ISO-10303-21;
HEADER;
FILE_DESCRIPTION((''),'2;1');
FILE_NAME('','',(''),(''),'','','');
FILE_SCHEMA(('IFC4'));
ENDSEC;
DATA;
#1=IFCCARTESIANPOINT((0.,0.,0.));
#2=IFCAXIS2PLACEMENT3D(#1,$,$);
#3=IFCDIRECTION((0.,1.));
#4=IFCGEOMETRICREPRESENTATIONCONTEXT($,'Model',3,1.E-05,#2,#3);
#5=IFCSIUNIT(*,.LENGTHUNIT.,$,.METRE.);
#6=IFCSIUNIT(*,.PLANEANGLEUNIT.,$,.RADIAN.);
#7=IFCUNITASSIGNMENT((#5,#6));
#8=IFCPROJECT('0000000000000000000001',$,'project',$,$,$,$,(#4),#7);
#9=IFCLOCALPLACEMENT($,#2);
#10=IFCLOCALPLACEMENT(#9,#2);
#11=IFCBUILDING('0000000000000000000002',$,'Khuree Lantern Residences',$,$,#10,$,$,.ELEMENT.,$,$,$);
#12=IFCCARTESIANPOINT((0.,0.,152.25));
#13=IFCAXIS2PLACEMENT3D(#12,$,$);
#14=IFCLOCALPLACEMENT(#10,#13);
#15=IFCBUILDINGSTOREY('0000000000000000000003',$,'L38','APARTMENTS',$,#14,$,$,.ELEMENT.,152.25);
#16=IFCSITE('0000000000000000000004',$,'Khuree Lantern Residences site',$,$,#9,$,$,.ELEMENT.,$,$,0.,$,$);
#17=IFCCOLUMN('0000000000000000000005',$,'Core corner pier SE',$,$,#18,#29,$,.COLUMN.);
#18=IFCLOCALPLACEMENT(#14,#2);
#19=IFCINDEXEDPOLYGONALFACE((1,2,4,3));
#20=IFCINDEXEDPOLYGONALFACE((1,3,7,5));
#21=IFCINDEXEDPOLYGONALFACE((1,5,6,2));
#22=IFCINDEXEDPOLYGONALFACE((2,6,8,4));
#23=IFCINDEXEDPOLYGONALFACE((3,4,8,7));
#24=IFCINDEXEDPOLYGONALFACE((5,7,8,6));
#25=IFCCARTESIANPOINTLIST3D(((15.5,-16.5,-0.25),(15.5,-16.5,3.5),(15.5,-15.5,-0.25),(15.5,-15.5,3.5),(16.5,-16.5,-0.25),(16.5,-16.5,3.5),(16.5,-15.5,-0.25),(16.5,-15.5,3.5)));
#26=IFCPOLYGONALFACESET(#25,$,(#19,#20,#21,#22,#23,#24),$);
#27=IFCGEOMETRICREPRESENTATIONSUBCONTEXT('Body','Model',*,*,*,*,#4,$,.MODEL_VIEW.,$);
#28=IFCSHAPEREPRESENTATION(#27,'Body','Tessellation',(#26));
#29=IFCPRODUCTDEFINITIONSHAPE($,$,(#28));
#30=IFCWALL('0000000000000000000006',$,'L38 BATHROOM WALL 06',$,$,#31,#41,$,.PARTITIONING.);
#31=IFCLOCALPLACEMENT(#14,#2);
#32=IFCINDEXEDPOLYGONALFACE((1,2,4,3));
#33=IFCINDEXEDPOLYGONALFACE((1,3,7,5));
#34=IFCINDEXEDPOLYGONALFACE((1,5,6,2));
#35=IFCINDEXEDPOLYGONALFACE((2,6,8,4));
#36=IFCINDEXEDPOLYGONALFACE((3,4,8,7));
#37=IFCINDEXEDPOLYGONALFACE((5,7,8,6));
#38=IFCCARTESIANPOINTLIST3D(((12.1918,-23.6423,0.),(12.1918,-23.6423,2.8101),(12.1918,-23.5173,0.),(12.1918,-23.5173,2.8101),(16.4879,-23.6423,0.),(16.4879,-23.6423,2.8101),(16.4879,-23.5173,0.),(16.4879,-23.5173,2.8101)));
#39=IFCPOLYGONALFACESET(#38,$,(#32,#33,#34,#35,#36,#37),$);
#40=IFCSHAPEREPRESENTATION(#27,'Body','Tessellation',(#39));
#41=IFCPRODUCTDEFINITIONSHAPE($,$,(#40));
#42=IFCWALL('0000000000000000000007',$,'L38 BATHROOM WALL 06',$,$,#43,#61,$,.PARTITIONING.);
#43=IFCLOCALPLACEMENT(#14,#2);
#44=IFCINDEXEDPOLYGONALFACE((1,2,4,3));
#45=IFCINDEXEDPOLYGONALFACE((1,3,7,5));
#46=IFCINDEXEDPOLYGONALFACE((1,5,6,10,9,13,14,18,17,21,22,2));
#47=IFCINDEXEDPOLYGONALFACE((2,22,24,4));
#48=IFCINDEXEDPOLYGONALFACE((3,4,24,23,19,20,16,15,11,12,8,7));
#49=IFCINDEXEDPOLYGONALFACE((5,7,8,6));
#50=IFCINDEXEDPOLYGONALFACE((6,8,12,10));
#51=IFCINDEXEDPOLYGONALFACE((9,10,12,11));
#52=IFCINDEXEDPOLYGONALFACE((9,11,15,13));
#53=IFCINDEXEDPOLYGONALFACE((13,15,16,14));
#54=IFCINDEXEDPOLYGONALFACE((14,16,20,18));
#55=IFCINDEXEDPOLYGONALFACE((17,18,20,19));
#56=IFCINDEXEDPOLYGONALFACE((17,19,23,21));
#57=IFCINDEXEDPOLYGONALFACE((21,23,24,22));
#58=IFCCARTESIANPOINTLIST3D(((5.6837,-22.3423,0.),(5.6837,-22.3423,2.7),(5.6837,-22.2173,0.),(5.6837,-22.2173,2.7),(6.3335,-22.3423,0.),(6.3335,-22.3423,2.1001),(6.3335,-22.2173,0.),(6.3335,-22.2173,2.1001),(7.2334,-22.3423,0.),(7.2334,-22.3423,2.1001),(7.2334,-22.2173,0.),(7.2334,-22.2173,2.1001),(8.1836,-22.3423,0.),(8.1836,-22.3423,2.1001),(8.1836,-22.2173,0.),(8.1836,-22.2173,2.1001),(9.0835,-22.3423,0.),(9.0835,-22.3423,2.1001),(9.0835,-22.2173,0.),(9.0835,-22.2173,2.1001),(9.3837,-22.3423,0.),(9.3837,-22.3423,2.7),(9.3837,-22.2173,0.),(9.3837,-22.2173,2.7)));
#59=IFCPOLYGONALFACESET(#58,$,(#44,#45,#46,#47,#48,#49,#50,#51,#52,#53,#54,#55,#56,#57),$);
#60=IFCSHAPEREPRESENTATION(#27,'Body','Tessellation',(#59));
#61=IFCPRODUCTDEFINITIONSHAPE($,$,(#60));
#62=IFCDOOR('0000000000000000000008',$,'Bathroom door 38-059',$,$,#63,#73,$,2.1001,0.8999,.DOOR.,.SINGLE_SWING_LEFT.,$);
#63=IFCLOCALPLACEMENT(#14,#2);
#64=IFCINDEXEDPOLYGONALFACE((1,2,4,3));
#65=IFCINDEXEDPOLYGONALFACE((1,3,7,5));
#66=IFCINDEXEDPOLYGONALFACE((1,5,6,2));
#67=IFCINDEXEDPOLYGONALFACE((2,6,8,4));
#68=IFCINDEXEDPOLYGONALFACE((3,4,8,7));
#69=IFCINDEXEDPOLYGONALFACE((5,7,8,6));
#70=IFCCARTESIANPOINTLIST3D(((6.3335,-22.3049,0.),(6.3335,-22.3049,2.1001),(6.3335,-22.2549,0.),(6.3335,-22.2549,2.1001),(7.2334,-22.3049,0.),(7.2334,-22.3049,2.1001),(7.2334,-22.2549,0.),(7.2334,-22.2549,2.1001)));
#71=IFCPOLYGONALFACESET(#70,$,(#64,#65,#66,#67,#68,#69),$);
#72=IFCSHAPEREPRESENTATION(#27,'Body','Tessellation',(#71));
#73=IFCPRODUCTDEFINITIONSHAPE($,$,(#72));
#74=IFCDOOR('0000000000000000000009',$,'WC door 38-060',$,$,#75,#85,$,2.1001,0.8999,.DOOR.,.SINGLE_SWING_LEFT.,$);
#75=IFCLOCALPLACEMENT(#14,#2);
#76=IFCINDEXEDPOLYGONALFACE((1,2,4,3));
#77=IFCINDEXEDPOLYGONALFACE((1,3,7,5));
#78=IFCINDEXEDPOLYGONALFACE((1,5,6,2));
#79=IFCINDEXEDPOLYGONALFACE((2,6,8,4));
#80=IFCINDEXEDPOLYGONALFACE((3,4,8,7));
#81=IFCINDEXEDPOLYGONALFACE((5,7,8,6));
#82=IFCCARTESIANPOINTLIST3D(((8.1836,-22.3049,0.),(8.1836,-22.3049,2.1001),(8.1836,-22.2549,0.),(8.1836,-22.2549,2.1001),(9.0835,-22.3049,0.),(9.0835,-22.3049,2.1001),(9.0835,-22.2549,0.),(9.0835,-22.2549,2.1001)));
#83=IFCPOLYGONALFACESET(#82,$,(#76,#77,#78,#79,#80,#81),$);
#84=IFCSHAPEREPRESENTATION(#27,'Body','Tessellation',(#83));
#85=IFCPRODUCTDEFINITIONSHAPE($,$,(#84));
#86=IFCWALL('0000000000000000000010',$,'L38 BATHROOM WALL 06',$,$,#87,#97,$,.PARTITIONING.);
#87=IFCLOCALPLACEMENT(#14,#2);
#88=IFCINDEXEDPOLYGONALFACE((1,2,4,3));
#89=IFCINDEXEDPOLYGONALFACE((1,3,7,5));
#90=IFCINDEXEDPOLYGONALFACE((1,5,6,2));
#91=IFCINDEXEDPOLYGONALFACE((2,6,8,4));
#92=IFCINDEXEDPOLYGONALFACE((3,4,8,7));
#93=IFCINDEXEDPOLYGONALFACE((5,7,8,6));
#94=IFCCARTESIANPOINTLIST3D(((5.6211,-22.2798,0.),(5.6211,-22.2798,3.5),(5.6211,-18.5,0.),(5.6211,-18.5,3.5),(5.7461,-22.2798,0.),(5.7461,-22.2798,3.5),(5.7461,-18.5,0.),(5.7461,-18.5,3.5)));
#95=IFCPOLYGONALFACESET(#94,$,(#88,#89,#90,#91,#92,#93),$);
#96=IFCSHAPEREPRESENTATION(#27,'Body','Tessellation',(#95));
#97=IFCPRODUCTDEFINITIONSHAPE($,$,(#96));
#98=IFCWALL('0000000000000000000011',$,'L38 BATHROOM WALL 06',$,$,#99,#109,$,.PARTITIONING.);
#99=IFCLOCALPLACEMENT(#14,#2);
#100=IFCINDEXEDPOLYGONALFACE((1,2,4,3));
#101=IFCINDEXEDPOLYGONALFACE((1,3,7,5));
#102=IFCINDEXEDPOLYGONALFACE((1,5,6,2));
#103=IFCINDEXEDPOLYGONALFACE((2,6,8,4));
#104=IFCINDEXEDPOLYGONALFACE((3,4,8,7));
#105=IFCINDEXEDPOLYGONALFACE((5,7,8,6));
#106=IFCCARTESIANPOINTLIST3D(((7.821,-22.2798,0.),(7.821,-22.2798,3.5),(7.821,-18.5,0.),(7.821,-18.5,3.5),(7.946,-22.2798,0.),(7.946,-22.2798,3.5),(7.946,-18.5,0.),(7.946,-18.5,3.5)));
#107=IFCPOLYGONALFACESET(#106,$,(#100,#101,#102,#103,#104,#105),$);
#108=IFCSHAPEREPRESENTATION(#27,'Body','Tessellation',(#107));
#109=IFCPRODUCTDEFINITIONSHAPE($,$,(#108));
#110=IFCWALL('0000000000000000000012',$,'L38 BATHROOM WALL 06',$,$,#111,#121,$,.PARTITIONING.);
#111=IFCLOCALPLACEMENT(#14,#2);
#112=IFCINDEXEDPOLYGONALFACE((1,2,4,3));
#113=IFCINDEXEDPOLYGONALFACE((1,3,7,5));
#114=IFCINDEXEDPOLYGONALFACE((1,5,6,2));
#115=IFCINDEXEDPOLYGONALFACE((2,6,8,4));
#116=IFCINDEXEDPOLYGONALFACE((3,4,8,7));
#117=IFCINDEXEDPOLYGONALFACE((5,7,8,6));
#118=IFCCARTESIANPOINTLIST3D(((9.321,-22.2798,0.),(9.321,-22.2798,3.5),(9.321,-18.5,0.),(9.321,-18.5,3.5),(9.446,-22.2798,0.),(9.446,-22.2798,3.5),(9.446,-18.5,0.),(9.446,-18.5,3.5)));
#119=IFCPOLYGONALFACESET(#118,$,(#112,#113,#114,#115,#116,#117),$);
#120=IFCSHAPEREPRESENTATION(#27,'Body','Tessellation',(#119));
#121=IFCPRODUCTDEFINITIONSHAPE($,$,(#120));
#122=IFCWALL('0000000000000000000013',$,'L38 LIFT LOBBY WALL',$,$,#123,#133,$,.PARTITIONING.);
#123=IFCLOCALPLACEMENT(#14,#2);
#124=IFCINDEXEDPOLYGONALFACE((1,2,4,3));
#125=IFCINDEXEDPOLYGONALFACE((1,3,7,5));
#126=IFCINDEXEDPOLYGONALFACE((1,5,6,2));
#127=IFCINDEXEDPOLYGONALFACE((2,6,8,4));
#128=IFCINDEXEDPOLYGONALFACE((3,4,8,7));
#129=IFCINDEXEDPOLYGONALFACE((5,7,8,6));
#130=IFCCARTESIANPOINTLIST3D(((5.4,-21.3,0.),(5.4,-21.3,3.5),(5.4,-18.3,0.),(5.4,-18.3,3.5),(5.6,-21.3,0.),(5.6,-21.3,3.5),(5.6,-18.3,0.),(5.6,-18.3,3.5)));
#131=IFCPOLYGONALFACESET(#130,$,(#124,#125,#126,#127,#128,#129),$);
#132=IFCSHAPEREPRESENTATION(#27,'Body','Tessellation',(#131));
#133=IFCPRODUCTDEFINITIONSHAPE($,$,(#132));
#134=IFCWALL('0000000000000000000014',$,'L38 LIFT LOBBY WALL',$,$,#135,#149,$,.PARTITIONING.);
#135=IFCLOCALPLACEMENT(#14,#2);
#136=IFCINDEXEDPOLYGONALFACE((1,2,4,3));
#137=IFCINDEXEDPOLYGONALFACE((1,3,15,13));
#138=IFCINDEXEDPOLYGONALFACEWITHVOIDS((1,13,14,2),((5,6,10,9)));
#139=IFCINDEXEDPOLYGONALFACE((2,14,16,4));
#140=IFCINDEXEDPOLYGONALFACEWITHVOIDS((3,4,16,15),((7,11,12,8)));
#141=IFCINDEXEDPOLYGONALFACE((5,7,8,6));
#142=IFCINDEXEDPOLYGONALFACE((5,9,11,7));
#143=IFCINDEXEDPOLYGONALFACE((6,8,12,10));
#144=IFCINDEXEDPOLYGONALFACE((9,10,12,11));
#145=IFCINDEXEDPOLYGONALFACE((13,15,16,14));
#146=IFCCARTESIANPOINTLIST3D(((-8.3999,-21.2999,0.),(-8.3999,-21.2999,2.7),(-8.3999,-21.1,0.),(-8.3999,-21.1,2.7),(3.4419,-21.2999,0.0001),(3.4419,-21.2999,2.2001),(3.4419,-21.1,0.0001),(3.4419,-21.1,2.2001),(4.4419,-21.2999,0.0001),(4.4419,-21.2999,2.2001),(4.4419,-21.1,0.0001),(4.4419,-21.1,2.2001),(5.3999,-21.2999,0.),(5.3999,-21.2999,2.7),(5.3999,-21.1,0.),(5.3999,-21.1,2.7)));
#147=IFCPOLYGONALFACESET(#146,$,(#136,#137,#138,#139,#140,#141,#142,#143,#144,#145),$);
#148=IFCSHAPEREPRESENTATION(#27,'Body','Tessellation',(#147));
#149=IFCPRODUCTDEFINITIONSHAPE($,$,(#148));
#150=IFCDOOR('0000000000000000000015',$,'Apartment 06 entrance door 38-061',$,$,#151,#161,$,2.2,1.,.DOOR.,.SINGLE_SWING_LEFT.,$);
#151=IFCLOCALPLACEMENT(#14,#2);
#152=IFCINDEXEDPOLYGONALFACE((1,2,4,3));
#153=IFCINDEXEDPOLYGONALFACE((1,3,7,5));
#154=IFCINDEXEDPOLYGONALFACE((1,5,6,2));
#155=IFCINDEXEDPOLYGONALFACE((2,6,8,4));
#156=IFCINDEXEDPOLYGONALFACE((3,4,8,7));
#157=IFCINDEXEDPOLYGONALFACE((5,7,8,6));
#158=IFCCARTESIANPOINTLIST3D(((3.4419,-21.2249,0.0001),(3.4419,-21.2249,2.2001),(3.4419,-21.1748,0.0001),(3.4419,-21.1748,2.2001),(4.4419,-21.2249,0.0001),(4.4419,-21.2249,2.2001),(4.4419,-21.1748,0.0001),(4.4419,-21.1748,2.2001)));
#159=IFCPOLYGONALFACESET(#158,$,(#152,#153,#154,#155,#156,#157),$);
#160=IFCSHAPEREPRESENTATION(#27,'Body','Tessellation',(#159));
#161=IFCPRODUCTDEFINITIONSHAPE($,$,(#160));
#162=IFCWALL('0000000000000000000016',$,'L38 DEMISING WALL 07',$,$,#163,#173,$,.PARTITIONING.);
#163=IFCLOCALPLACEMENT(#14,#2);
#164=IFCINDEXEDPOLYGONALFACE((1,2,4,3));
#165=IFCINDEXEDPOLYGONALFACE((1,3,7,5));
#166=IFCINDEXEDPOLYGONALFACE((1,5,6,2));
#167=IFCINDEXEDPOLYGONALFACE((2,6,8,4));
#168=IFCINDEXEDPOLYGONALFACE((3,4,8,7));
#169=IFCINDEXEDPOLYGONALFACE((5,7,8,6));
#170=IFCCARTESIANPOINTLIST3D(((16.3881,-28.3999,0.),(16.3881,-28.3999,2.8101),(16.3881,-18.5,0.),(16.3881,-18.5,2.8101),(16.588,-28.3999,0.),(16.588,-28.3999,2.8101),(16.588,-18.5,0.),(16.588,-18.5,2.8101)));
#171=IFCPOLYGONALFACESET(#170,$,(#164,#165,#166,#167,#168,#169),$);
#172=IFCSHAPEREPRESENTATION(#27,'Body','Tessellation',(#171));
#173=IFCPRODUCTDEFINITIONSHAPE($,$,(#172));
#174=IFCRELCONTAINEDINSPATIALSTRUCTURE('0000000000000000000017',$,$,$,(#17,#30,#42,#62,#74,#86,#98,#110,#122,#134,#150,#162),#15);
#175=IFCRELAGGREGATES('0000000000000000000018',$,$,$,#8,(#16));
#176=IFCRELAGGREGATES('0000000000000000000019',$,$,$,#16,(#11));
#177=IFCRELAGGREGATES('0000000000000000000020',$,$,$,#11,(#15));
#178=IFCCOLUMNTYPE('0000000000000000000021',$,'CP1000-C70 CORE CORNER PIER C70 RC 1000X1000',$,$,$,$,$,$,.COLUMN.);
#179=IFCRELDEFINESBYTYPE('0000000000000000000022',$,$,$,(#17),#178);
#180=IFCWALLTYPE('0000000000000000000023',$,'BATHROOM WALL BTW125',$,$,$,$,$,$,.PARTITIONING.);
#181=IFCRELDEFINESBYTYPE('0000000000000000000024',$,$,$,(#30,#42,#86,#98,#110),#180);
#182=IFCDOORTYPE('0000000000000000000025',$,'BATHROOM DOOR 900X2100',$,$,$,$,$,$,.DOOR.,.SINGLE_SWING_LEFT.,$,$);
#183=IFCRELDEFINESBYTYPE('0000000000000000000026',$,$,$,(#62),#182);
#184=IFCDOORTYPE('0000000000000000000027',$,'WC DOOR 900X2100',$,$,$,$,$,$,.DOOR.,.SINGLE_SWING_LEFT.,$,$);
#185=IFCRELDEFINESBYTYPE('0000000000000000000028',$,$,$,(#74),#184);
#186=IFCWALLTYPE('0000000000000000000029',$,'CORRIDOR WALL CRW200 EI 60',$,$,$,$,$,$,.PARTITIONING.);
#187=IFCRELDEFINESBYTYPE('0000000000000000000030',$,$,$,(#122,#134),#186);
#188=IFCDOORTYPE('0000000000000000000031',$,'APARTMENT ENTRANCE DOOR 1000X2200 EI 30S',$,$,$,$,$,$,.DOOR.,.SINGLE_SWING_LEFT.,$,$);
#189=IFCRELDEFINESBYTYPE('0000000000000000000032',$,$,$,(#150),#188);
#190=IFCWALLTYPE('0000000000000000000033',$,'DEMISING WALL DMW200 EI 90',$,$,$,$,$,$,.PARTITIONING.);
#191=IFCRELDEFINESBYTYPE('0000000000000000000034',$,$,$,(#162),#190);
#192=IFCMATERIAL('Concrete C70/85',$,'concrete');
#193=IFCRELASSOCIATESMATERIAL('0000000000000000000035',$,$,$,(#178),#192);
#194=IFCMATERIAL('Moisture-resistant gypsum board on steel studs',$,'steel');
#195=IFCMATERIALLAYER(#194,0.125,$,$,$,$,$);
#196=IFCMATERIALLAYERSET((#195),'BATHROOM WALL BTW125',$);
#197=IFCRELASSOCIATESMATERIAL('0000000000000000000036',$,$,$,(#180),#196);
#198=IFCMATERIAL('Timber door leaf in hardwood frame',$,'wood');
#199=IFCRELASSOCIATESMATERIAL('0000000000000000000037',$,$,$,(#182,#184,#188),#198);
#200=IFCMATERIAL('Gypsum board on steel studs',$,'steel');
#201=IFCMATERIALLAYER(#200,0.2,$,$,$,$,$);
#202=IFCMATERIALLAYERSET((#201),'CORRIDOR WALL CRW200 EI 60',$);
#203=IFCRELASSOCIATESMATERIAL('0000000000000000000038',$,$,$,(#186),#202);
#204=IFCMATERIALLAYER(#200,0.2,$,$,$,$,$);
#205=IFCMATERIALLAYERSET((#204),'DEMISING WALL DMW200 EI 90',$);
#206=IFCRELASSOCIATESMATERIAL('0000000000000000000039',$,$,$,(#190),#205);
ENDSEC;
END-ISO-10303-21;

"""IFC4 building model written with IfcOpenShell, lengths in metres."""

from ifc_helpers import new_model, si_unit, direction, frame, frame_2d, origin, origin_2d, place, context, subcontext, project, spatial, rectangle, extrude, material, layer, layer_set, material_profile, profile_set, type_object, element, fill, save


model = new_model("IFC4")

# Units and contexts
model_context = context("Model", 3, precision=1e-05, world=origin(), true_north=direction((0.0, 1.0)))
body_context = subcontext(model_context, "Body", "Model", "MODEL_VIEW")
ifc_project = project(units=[si_unit("LENGTHUNIT", "METRE"), si_unit("PLANEANGLEUNIT", "RADIAN")], contexts=[model_context])

# Site, building, storey
site_placement = place(None, origin())
site = spatial("IfcSite", under=ifc_project, at=site_placement, Name="Khuree Lantern Residences site", CompositionType="ELEMENT", RefElevation=0.0)
building_placement = place(site_placement, origin())
building = spatial("IfcBuilding", under=site, at=building_placement, Name="Khuree Lantern Residences", CompositionType="ELEMENT")
storey_placement = place(building_placement, frame((0.0, 0.0, 152.25)))
storey = spatial("IfcBuildingStorey", under=building, at=storey_placement, Name="L38", Description="APARTMENTS", CompositionType="ELEMENT", Elevation=152.25)

# Column
ifc_material_1 = material(Name="Concrete C70/85", Category="concrete")
ifc_material_profile = material_profile(ifc_material_1, rectangle(XDim=1.0, YDim=1.0, at=origin_2d()), Name="RC 1000X1000")
ifc_profile_set = profile_set([ifc_material_profile], Name="Concrete C70/85")
column_type = type_object("IfcColumnType", Name="CP1000-C70 CORE CORNER PIER C70 RC 1000X1000", PredefinedType="COLUMN", material=ifc_profile_set)
column_placement = place(storey_placement, frame((16.0, -16.0, -0.25), z_axis=(0.0, 0.0, 1.0), x_axis=(1.0, 0.0, 0.0)))
element("IfcColumn", 1, at=column_placement, inside=storey, type_object=column_type, Name="Core corner pier SE", PredefinedType="COLUMN", context=body_context, shape_type="SweptSolid", body=[
    extrude(rectangle(XDim=1.0, YDim=1.0, at=origin_2d()), origin(), (0.0, 0.0, 1.0), 3.75),
])

# Wall
ifc_material_2 = material(Name="Moisture-resistant gypsum board on steel studs", Category="steel")
ifc_layer_1 = layer(ifc_material_2, 0.125)
ifc_layer_set_1 = layer_set([ifc_layer_1], Name="BATHROOM WALL BTW125")
wall_type_1 = type_object("IfcWallType", Name="BATHROOM WALL BTW125", PredefinedType="PARTITIONING", material=ifc_layer_set_1)
wall_1_placement = place(storey_placement, frame((12.1919, -23.5798, 0.0), z_axis=(0.0, 0.0, 1.0), x_axis=(1.0, 0.0, 0.0)))
element("IfcWall", 2, at=wall_1_placement, inside=storey, type_object=wall_type_1, Name="L38 BATHROOM WALL 06", PredefinedType="PARTITIONING", context=body_context, shape_type="SweptSolid", body=[
    extrude(rectangle(XDim=4.2961, YDim=0.125, at=frame_2d((2.1479, 0.0))), origin(), (0.0, 0.0, 1.0), 2.8101),
])

# Wall, openings, doors
wall_2_placement = place(storey_placement, frame((5.6836, -22.2798, 0.0), z_axis=(0.0, 0.0, 1.0), x_axis=(1.0, 0.0, 0.0)))
wall_2 = element("IfcWall", 3, at=wall_2_placement, inside=storey, type_object=wall_type_1, Name="L38 BATHROOM WALL 06", PredefinedType="PARTITIONING", context=body_context, shape_type="SweptSolid", body=[
    extrude(rectangle(XDim=3.7, YDim=0.125, at=frame_2d((1.8501, 0.0))), origin(), (0.0, 0.0, 1.0), 2.7),
])
opening_1_placement = place(wall_2_placement, frame((0.6499, 0.0, 0.0)))
opening_1 = element("IfcOpeningElement", 4, at=opening_1_placement, cuts=wall_2, PredefinedType="OPENING", context=body_context, shape_type="SweptSolid", body=[
    extrude(rectangle(XDim=0.8999, YDim=2.1001, at=frame_2d((0.45, 1.05))), frame((0.0, 0.0725, 0.0), z_axis=(0.0, -1.0, 0.0), x_axis=(1.0, 0.0, 0.0)), (0.0, 0.0, 1.0), 0.145),
])
opening_2_placement = place(wall_2_placement, frame((2.5, 0.0, 0.0)))
opening_2 = element("IfcOpeningElement", 5, at=opening_2_placement, cuts=wall_2, PredefinedType="OPENING", context=body_context, shape_type="SweptSolid", body=[
    extrude(rectangle(XDim=0.8999, YDim=2.1001, at=frame_2d((0.45, 1.05))), frame((0.0, 0.0725, 0.0), z_axis=(0.0, -1.0, 0.0), x_axis=(1.0, 0.0, 0.0)), (0.0, 0.0, 1.0), 0.145),
])
ifc_material_3 = material(Name="Timber door leaf in hardwood frame", Category="wood")
door_type_1 = type_object("IfcDoorType", Name="BATHROOM DOOR 900X2100", OperationType="SINGLE_SWING_LEFT", PredefinedType="DOOR", material=ifc_material_3)
door_1_placement = place(opening_1_placement, origin())
door_1 = element("IfcDoor", 6, at=door_1_placement, inside=storey, type_object=door_type_1, Name="Bathroom door 38-059", OperationType="SINGLE_SWING_LEFT", OverallHeight=2.1001, OverallWidth=0.8999, PredefinedType="DOOR", context=body_context, shape_type="SweptSolid", body=[
    extrude(rectangle(XDim=0.8999, YDim=2.1001, at=frame_2d((0.45, 1.05))), frame((0.0, 0.0249, 0.0), z_axis=(0.0, -1.0, 0.0), x_axis=(1.0, 0.0, 0.0)), (0.0, 0.0, 1.0), 0.05),
])
fill(opening_1, door_1)
door_type_2 = type_object("IfcDoorType", Name="WC DOOR 900X2100", OperationType="SINGLE_SWING_LEFT", PredefinedType="DOOR", material=ifc_material_3)
door_2_placement = place(opening_2_placement, origin())
door_2 = element("IfcDoor", 7, at=door_2_placement, inside=storey, type_object=door_type_2, Name="WC door 38-060", OperationType="SINGLE_SWING_LEFT", OverallHeight=2.1001, OverallWidth=0.8999, PredefinedType="DOOR", context=body_context, shape_type="SweptSolid", body=[
    extrude(rectangle(XDim=0.8999, YDim=2.1001, at=frame_2d((0.45, 1.05))), frame((0.0, 0.0249, 0.0), z_axis=(0.0, -1.0, 0.0), x_axis=(1.0, 0.0, 0.0)), (0.0, 0.0, 1.0), 0.05),
])
fill(opening_2, door_2)

# Walls
for number, where, z_axis, x_axis, name in (
    (8, (5.6836, -18.5, 0.0), (0.0, 0.0, 1.0), (0.0, -1.0, 0.0), "L38 BATHROOM WALL 06"),
    (9, (7.8835, -18.5, 0.0), (0.0, 0.0, 1.0), (0.0, -1.0, 0.0), "L38 BATHROOM WALL 06"),
    (10, (9.3835, -18.5, 0.0), (0.0, 0.0, 1.0), (0.0, -1.0, 0.0), "L38 BATHROOM WALL 06"),
):
    element("IfcWall", number, at=place(storey_placement, frame(where, z_axis=z_axis, x_axis=x_axis)), inside=storey, type_object=wall_type_1, Name=name, PredefinedType="PARTITIONING", context=body_context, shape_type="SweptSolid", body=[
        extrude(rectangle(XDim=3.7798, YDim=0.125, at=frame_2d((1.8899, 0.0))), origin(), (0.0, 0.0, 1.0), 3.5),
    ])
ifc_material_4 = material(Name="Gypsum board on steel studs", Category="steel")
ifc_layer_2 = layer(ifc_material_4, 0.2)
ifc_layer_set_2 = layer_set([ifc_layer_2], Name="CORRIDOR WALL CRW200 EI 60")
wall_type_2 = type_object("IfcWallType", Name="CORRIDOR WALL CRW200 EI 60", PredefinedType="PARTITIONING", material=ifc_layer_set_2)
wall_3_placement = place(storey_placement, frame((5.5, -18.3, 0.0), z_axis=(0.0, 0.0, 1.0), x_axis=(0.0, -1.0, 0.0)))
element("IfcWall", 11, at=wall_3_placement, inside=storey, type_object=wall_type_2, Name="L38 LIFT LOBBY WALL", PredefinedType="PARTITIONING", context=body_context, shape_type="SweptSolid", body=[
    extrude(rectangle(XDim=3.0, YDim=0.2, at=frame_2d((1.5, 0.0))), origin(), (0.0, 0.0, 1.0), 3.5),
])

# Wall, opening, door
wall_4_placement = place(storey_placement, frame((5.3999, -21.2, 0.0), z_axis=(0.0, 0.0, 1.0), x_axis=(-1.0, 0.0, 0.0)))
wall_4 = element("IfcWall", 12, at=wall_4_placement, inside=storey, type_object=wall_type_2, Name="L38 LIFT LOBBY WALL", PredefinedType="PARTITIONING", context=body_context, shape_type="SweptSolid", body=[
    extrude(rectangle(XDim=13.7998, YDim=0.2, at=frame_2d((6.8999, 0.0))), origin(), (0.0, 0.0, 1.0), 2.7),
])
opening_3_placement = place(wall_4_placement, frame((0.958, 0.0, 0.0)))
opening_3 = element("IfcOpeningElement", 13, at=opening_3_placement, cuts=wall_4, PredefinedType="OPENING", context=body_context, shape_type="SweptSolid", body=[
    extrude(rectangle(XDim=1.0, YDim=2.2, at=frame_2d((0.5, 1.1001))), frame((0.0, 0.1099, 0.0), z_axis=(0.0, -1.0, 0.0), x_axis=(1.0, 0.0, 0.0)), (0.0, 0.0, 1.0), 0.22),
])
door_type_3 = type_object("IfcDoorType", Name="APARTMENT ENTRANCE DOOR 1000X2200 EI 30S", OperationType="SINGLE_SWING_LEFT", PredefinedType="DOOR", material=ifc_material_3)
door_3_placement = place(opening_3_placement, origin())
door_3 = element("IfcDoor", 14, at=door_3_placement, inside=storey, type_object=door_type_3, Name="Apartment 06 entrance door 38-061", OperationType="SINGLE_SWING_LEFT", OverallHeight=2.2, OverallWidth=1.0, PredefinedType="DOOR", context=body_context, shape_type="SweptSolid", body=[
    extrude(rectangle(XDim=1.0, YDim=2.2, at=frame_2d((0.5, 1.1001))), frame((0.0, 0.0249, 0.0), z_axis=(0.0, -1.0, 0.0), x_axis=(1.0, 0.0, 0.0)), (0.0, 0.0, 1.0), 0.05),
])
fill(opening_3, door_3)

# Wall
ifc_layer_3 = layer(ifc_material_4, 0.2)
ifc_layer_set_3 = layer_set([ifc_layer_3], Name="DEMISING WALL DMW200 EI 90")
wall_type_3 = type_object("IfcWallType", Name="DEMISING WALL DMW200 EI 90", PredefinedType="PARTITIONING", material=ifc_layer_set_3)
wall_5_placement = place(storey_placement, frame((16.488, -18.5, 0.0), z_axis=(0.0, 0.0, 1.0), x_axis=(0.0, -1.0, 0.0)))
element("IfcWall", 15, at=wall_5_placement, inside=storey, type_object=wall_type_3, Name="L38 DEMISING WALL 07", PredefinedType="PARTITIONING", context=body_context, shape_type="SweptSolid", body=[
    extrude(rectangle(XDim=9.8999, YDim=0.2, at=frame_2d((4.95, 0.0))), origin(), (0.0, 0.0, 1.0), 2.8101),
])

save(model, "model.ifc")
